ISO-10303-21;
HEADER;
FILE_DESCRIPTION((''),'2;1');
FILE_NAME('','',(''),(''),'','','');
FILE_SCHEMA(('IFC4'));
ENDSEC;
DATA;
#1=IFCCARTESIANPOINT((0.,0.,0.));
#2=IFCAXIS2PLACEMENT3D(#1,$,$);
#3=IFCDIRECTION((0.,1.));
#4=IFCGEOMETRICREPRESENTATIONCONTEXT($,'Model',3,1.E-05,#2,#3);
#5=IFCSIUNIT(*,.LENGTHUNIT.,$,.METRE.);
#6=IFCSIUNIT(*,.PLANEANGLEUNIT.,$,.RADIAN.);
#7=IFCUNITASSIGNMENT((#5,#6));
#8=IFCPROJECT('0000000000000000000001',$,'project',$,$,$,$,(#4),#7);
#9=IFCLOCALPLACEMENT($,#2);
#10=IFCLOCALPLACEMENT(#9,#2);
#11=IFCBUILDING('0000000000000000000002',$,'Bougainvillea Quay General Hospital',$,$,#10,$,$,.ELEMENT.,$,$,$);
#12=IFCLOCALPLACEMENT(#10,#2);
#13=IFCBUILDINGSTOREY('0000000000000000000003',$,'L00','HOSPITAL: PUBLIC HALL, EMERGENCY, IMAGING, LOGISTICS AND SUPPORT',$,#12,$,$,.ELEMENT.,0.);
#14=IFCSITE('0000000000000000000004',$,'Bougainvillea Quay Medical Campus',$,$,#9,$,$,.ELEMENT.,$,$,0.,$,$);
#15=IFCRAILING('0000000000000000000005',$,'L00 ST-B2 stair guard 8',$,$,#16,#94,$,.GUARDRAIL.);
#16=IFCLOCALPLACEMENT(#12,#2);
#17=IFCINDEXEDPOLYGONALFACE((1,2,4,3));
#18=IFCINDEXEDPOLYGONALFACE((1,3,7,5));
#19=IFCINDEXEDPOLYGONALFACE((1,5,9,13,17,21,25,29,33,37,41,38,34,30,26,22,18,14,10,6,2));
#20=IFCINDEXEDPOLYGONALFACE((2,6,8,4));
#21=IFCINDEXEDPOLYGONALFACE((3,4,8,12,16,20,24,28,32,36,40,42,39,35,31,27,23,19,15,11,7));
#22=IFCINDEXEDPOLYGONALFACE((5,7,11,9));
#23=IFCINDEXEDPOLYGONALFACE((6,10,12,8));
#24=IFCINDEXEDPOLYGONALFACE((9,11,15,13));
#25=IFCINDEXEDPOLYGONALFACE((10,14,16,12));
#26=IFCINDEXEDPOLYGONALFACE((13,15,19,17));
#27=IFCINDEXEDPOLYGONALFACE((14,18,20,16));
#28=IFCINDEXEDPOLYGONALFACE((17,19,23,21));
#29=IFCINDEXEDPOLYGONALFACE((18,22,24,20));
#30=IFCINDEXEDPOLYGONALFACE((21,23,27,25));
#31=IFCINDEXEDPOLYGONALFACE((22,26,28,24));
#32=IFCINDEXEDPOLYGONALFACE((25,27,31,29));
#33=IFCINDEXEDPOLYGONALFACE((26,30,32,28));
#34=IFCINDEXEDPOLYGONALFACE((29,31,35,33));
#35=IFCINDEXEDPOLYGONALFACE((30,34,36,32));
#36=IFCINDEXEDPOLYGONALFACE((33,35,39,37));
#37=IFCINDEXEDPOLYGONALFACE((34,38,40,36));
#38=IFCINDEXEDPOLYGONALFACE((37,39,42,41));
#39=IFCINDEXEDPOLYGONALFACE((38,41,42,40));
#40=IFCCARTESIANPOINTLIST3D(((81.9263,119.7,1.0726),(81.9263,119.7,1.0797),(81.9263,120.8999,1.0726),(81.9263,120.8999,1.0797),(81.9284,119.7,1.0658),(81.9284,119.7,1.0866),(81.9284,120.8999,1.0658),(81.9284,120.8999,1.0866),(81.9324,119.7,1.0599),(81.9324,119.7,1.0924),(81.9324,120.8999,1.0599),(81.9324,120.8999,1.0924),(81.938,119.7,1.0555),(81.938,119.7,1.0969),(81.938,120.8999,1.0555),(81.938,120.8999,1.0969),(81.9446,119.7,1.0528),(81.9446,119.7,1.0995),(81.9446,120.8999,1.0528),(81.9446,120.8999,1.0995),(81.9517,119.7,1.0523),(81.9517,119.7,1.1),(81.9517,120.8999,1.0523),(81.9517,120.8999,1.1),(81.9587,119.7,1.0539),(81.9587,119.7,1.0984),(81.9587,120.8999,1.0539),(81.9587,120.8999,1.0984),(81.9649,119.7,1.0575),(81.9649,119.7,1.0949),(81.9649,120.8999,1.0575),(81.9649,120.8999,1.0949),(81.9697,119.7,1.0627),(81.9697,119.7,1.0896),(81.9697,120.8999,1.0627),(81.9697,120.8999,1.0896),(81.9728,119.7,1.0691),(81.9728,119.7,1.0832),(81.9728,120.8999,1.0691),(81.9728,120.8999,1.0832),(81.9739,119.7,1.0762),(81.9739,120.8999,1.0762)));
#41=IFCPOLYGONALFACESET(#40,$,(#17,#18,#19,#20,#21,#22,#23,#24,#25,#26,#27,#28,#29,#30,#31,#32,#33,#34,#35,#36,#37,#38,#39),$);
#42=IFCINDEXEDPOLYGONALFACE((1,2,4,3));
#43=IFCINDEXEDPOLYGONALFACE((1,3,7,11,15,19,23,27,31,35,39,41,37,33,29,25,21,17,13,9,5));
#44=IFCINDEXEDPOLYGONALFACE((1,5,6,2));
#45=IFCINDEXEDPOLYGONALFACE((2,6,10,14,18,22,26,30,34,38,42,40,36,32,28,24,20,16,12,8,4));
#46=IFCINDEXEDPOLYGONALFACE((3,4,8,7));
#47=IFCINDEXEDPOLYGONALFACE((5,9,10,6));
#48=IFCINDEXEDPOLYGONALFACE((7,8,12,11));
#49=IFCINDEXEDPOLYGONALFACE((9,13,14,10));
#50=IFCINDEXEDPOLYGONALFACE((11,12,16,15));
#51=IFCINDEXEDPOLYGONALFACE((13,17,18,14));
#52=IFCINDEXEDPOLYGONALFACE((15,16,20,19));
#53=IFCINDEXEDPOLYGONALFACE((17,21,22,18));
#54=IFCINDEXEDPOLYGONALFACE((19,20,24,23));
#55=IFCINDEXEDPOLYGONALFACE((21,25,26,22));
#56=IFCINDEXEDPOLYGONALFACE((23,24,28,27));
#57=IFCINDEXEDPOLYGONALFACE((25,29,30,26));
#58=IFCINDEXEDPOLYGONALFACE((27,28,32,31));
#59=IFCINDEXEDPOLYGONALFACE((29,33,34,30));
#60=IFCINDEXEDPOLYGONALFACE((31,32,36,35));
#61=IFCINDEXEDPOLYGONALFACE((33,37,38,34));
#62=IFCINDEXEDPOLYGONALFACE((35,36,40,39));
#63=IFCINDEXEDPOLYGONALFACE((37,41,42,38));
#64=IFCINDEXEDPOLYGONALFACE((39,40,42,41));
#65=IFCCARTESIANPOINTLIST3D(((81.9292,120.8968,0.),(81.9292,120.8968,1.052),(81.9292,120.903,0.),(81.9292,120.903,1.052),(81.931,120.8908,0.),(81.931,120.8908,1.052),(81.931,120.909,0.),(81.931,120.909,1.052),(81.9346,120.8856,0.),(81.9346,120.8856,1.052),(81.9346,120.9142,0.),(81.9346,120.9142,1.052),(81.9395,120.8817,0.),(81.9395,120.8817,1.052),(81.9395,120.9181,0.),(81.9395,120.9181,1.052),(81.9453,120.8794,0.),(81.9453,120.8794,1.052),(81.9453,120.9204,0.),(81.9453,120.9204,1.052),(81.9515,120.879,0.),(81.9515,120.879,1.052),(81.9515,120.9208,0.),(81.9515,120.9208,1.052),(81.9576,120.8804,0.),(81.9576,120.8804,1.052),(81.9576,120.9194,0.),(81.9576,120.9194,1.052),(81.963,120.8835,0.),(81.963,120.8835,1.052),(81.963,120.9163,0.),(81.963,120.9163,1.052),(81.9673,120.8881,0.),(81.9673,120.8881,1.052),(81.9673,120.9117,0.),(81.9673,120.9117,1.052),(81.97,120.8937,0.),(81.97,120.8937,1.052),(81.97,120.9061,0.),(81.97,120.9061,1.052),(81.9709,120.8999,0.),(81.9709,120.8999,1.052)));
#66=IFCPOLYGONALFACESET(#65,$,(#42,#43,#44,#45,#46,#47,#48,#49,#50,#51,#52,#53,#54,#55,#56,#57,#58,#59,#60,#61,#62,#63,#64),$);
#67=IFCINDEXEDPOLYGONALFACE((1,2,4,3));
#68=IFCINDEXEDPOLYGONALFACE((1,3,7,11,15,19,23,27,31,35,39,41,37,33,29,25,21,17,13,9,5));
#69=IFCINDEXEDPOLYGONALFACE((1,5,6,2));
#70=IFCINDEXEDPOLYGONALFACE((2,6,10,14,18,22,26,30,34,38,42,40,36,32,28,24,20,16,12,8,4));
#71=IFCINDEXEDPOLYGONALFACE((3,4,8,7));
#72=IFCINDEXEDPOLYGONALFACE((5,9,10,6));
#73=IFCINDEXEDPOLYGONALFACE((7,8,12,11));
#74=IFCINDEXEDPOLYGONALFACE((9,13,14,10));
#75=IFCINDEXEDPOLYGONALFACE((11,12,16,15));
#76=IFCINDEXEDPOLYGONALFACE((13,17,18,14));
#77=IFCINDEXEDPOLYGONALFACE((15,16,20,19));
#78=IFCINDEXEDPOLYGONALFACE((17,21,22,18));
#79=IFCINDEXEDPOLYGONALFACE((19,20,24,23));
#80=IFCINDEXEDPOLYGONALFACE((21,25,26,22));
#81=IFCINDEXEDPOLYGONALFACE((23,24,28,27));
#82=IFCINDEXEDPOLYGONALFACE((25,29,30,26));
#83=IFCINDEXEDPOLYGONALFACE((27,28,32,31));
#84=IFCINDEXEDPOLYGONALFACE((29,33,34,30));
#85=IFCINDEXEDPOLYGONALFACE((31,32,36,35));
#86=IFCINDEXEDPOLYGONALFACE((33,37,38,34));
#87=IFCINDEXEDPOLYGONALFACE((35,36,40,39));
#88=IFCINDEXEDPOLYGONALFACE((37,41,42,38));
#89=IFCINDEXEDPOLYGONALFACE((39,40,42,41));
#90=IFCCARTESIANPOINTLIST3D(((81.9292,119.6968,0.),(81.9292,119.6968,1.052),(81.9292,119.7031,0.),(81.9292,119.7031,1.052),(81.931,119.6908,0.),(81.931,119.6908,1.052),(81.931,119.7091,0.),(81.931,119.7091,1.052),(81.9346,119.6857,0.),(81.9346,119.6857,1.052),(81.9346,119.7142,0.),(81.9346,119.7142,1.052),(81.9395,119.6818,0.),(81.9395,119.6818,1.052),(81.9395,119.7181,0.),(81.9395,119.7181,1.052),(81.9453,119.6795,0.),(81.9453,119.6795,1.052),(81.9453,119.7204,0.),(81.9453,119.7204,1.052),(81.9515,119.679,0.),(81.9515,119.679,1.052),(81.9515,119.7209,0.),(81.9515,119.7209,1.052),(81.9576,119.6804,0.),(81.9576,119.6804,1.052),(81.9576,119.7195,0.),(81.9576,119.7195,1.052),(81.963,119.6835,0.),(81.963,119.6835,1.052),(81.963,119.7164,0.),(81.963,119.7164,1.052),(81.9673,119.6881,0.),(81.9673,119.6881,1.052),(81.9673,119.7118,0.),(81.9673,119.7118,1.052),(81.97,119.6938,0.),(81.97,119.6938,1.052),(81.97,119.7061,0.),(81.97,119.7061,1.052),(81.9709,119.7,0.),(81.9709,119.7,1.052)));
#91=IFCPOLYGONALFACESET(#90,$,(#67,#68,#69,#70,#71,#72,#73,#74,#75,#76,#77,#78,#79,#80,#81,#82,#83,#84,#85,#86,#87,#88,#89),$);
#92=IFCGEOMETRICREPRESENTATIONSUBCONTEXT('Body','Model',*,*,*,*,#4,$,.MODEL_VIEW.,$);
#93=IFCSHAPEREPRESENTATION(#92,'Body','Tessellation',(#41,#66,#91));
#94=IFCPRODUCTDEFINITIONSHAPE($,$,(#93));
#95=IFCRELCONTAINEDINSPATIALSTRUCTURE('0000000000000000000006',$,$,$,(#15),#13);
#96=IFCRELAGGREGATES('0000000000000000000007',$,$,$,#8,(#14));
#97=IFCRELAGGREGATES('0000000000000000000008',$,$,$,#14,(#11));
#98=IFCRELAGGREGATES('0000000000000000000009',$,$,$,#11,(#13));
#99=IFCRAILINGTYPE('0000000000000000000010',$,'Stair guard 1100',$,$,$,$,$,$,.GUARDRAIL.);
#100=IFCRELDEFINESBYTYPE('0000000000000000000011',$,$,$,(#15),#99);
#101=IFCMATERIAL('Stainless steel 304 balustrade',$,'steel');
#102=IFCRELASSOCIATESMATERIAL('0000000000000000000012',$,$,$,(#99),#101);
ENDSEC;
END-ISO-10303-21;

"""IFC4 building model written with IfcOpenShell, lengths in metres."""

from ifc_helpers import new_model, si_unit, direction, frame, origin, origin_2d, place, context, subcontext, project, spatial, circle, extrude, material, type_object, element, save


model = new_model("IFC4")

# Units and contexts
model_context = context("Model", 3, precision=1e-05, world=origin(), true_north=direction((0.0, 1.0)))
body_context = subcontext(model_context, "Body", "Model", "MODEL_VIEW")
ifc_project = project(units=[si_unit("LENGTHUNIT", "METRE"), si_unit("PLANEANGLEUNIT", "RADIAN")], contexts=[model_context])

# Site, building, storey
site_placement = place(None, origin())
site = spatial("IfcSite", under=ifc_project, at=site_placement, Name="Bougainvillea Quay Medical Campus", CompositionType="ELEMENT", RefElevation=0.0)
building_placement = place(site_placement, origin())
building = spatial("IfcBuilding", under=site, at=building_placement, Name="Bougainvillea Quay General Hospital", CompositionType="ELEMENT")
storey_placement = place(building_placement, origin())
storey = spatial("IfcBuildingStorey", under=building, at=storey_placement, Name="L00", Description="HOSPITAL: PUBLIC HALL, EMERGENCY, IMAGING, LOGISTICS AND SUPPORT", CompositionType="ELEMENT", Elevation=0.0)

# Railing
ifc_material_1 = material(Name="Stainless steel 304 balustrade", Category="steel")
railing_type_1 = type_object("IfcRailingType", Name="Stair guard 1100", PredefinedType="GUARDRAIL", material=ifc_material_1)
railing_1_placement = place(storey_placement, frame((81.95, 120.8999, 0.0)))
element("IfcRailing", 1, at=railing_1_placement, inside=storey, type_object=railing_type_1, Name="L00 ST-B2 stair guard 8", PredefinedType="GUARDRAIL", context=body_context, shape_type="SweptSolid", body=[
    extrude(circle(Radius=0.0239, at=origin_2d()), frame((0.0, 0.0, 1.0762), z_axis=(0.0, -1.0, 0.0), x_axis=(1.0, 0.0, 0.0)), (0.0, 0.0, 1.0), 1.2),
    extrude(circle(Radius=0.021, at=origin_2d()), origin(), (0.0, 0.0, 1.0), 1.052),
    extrude(circle(Radius=0.021, at=origin_2d()), frame((0.0, -1.2, 0.0)), (0.0, 0.0, 1.0), 1.052),
])

save(model, "model.ifc")
